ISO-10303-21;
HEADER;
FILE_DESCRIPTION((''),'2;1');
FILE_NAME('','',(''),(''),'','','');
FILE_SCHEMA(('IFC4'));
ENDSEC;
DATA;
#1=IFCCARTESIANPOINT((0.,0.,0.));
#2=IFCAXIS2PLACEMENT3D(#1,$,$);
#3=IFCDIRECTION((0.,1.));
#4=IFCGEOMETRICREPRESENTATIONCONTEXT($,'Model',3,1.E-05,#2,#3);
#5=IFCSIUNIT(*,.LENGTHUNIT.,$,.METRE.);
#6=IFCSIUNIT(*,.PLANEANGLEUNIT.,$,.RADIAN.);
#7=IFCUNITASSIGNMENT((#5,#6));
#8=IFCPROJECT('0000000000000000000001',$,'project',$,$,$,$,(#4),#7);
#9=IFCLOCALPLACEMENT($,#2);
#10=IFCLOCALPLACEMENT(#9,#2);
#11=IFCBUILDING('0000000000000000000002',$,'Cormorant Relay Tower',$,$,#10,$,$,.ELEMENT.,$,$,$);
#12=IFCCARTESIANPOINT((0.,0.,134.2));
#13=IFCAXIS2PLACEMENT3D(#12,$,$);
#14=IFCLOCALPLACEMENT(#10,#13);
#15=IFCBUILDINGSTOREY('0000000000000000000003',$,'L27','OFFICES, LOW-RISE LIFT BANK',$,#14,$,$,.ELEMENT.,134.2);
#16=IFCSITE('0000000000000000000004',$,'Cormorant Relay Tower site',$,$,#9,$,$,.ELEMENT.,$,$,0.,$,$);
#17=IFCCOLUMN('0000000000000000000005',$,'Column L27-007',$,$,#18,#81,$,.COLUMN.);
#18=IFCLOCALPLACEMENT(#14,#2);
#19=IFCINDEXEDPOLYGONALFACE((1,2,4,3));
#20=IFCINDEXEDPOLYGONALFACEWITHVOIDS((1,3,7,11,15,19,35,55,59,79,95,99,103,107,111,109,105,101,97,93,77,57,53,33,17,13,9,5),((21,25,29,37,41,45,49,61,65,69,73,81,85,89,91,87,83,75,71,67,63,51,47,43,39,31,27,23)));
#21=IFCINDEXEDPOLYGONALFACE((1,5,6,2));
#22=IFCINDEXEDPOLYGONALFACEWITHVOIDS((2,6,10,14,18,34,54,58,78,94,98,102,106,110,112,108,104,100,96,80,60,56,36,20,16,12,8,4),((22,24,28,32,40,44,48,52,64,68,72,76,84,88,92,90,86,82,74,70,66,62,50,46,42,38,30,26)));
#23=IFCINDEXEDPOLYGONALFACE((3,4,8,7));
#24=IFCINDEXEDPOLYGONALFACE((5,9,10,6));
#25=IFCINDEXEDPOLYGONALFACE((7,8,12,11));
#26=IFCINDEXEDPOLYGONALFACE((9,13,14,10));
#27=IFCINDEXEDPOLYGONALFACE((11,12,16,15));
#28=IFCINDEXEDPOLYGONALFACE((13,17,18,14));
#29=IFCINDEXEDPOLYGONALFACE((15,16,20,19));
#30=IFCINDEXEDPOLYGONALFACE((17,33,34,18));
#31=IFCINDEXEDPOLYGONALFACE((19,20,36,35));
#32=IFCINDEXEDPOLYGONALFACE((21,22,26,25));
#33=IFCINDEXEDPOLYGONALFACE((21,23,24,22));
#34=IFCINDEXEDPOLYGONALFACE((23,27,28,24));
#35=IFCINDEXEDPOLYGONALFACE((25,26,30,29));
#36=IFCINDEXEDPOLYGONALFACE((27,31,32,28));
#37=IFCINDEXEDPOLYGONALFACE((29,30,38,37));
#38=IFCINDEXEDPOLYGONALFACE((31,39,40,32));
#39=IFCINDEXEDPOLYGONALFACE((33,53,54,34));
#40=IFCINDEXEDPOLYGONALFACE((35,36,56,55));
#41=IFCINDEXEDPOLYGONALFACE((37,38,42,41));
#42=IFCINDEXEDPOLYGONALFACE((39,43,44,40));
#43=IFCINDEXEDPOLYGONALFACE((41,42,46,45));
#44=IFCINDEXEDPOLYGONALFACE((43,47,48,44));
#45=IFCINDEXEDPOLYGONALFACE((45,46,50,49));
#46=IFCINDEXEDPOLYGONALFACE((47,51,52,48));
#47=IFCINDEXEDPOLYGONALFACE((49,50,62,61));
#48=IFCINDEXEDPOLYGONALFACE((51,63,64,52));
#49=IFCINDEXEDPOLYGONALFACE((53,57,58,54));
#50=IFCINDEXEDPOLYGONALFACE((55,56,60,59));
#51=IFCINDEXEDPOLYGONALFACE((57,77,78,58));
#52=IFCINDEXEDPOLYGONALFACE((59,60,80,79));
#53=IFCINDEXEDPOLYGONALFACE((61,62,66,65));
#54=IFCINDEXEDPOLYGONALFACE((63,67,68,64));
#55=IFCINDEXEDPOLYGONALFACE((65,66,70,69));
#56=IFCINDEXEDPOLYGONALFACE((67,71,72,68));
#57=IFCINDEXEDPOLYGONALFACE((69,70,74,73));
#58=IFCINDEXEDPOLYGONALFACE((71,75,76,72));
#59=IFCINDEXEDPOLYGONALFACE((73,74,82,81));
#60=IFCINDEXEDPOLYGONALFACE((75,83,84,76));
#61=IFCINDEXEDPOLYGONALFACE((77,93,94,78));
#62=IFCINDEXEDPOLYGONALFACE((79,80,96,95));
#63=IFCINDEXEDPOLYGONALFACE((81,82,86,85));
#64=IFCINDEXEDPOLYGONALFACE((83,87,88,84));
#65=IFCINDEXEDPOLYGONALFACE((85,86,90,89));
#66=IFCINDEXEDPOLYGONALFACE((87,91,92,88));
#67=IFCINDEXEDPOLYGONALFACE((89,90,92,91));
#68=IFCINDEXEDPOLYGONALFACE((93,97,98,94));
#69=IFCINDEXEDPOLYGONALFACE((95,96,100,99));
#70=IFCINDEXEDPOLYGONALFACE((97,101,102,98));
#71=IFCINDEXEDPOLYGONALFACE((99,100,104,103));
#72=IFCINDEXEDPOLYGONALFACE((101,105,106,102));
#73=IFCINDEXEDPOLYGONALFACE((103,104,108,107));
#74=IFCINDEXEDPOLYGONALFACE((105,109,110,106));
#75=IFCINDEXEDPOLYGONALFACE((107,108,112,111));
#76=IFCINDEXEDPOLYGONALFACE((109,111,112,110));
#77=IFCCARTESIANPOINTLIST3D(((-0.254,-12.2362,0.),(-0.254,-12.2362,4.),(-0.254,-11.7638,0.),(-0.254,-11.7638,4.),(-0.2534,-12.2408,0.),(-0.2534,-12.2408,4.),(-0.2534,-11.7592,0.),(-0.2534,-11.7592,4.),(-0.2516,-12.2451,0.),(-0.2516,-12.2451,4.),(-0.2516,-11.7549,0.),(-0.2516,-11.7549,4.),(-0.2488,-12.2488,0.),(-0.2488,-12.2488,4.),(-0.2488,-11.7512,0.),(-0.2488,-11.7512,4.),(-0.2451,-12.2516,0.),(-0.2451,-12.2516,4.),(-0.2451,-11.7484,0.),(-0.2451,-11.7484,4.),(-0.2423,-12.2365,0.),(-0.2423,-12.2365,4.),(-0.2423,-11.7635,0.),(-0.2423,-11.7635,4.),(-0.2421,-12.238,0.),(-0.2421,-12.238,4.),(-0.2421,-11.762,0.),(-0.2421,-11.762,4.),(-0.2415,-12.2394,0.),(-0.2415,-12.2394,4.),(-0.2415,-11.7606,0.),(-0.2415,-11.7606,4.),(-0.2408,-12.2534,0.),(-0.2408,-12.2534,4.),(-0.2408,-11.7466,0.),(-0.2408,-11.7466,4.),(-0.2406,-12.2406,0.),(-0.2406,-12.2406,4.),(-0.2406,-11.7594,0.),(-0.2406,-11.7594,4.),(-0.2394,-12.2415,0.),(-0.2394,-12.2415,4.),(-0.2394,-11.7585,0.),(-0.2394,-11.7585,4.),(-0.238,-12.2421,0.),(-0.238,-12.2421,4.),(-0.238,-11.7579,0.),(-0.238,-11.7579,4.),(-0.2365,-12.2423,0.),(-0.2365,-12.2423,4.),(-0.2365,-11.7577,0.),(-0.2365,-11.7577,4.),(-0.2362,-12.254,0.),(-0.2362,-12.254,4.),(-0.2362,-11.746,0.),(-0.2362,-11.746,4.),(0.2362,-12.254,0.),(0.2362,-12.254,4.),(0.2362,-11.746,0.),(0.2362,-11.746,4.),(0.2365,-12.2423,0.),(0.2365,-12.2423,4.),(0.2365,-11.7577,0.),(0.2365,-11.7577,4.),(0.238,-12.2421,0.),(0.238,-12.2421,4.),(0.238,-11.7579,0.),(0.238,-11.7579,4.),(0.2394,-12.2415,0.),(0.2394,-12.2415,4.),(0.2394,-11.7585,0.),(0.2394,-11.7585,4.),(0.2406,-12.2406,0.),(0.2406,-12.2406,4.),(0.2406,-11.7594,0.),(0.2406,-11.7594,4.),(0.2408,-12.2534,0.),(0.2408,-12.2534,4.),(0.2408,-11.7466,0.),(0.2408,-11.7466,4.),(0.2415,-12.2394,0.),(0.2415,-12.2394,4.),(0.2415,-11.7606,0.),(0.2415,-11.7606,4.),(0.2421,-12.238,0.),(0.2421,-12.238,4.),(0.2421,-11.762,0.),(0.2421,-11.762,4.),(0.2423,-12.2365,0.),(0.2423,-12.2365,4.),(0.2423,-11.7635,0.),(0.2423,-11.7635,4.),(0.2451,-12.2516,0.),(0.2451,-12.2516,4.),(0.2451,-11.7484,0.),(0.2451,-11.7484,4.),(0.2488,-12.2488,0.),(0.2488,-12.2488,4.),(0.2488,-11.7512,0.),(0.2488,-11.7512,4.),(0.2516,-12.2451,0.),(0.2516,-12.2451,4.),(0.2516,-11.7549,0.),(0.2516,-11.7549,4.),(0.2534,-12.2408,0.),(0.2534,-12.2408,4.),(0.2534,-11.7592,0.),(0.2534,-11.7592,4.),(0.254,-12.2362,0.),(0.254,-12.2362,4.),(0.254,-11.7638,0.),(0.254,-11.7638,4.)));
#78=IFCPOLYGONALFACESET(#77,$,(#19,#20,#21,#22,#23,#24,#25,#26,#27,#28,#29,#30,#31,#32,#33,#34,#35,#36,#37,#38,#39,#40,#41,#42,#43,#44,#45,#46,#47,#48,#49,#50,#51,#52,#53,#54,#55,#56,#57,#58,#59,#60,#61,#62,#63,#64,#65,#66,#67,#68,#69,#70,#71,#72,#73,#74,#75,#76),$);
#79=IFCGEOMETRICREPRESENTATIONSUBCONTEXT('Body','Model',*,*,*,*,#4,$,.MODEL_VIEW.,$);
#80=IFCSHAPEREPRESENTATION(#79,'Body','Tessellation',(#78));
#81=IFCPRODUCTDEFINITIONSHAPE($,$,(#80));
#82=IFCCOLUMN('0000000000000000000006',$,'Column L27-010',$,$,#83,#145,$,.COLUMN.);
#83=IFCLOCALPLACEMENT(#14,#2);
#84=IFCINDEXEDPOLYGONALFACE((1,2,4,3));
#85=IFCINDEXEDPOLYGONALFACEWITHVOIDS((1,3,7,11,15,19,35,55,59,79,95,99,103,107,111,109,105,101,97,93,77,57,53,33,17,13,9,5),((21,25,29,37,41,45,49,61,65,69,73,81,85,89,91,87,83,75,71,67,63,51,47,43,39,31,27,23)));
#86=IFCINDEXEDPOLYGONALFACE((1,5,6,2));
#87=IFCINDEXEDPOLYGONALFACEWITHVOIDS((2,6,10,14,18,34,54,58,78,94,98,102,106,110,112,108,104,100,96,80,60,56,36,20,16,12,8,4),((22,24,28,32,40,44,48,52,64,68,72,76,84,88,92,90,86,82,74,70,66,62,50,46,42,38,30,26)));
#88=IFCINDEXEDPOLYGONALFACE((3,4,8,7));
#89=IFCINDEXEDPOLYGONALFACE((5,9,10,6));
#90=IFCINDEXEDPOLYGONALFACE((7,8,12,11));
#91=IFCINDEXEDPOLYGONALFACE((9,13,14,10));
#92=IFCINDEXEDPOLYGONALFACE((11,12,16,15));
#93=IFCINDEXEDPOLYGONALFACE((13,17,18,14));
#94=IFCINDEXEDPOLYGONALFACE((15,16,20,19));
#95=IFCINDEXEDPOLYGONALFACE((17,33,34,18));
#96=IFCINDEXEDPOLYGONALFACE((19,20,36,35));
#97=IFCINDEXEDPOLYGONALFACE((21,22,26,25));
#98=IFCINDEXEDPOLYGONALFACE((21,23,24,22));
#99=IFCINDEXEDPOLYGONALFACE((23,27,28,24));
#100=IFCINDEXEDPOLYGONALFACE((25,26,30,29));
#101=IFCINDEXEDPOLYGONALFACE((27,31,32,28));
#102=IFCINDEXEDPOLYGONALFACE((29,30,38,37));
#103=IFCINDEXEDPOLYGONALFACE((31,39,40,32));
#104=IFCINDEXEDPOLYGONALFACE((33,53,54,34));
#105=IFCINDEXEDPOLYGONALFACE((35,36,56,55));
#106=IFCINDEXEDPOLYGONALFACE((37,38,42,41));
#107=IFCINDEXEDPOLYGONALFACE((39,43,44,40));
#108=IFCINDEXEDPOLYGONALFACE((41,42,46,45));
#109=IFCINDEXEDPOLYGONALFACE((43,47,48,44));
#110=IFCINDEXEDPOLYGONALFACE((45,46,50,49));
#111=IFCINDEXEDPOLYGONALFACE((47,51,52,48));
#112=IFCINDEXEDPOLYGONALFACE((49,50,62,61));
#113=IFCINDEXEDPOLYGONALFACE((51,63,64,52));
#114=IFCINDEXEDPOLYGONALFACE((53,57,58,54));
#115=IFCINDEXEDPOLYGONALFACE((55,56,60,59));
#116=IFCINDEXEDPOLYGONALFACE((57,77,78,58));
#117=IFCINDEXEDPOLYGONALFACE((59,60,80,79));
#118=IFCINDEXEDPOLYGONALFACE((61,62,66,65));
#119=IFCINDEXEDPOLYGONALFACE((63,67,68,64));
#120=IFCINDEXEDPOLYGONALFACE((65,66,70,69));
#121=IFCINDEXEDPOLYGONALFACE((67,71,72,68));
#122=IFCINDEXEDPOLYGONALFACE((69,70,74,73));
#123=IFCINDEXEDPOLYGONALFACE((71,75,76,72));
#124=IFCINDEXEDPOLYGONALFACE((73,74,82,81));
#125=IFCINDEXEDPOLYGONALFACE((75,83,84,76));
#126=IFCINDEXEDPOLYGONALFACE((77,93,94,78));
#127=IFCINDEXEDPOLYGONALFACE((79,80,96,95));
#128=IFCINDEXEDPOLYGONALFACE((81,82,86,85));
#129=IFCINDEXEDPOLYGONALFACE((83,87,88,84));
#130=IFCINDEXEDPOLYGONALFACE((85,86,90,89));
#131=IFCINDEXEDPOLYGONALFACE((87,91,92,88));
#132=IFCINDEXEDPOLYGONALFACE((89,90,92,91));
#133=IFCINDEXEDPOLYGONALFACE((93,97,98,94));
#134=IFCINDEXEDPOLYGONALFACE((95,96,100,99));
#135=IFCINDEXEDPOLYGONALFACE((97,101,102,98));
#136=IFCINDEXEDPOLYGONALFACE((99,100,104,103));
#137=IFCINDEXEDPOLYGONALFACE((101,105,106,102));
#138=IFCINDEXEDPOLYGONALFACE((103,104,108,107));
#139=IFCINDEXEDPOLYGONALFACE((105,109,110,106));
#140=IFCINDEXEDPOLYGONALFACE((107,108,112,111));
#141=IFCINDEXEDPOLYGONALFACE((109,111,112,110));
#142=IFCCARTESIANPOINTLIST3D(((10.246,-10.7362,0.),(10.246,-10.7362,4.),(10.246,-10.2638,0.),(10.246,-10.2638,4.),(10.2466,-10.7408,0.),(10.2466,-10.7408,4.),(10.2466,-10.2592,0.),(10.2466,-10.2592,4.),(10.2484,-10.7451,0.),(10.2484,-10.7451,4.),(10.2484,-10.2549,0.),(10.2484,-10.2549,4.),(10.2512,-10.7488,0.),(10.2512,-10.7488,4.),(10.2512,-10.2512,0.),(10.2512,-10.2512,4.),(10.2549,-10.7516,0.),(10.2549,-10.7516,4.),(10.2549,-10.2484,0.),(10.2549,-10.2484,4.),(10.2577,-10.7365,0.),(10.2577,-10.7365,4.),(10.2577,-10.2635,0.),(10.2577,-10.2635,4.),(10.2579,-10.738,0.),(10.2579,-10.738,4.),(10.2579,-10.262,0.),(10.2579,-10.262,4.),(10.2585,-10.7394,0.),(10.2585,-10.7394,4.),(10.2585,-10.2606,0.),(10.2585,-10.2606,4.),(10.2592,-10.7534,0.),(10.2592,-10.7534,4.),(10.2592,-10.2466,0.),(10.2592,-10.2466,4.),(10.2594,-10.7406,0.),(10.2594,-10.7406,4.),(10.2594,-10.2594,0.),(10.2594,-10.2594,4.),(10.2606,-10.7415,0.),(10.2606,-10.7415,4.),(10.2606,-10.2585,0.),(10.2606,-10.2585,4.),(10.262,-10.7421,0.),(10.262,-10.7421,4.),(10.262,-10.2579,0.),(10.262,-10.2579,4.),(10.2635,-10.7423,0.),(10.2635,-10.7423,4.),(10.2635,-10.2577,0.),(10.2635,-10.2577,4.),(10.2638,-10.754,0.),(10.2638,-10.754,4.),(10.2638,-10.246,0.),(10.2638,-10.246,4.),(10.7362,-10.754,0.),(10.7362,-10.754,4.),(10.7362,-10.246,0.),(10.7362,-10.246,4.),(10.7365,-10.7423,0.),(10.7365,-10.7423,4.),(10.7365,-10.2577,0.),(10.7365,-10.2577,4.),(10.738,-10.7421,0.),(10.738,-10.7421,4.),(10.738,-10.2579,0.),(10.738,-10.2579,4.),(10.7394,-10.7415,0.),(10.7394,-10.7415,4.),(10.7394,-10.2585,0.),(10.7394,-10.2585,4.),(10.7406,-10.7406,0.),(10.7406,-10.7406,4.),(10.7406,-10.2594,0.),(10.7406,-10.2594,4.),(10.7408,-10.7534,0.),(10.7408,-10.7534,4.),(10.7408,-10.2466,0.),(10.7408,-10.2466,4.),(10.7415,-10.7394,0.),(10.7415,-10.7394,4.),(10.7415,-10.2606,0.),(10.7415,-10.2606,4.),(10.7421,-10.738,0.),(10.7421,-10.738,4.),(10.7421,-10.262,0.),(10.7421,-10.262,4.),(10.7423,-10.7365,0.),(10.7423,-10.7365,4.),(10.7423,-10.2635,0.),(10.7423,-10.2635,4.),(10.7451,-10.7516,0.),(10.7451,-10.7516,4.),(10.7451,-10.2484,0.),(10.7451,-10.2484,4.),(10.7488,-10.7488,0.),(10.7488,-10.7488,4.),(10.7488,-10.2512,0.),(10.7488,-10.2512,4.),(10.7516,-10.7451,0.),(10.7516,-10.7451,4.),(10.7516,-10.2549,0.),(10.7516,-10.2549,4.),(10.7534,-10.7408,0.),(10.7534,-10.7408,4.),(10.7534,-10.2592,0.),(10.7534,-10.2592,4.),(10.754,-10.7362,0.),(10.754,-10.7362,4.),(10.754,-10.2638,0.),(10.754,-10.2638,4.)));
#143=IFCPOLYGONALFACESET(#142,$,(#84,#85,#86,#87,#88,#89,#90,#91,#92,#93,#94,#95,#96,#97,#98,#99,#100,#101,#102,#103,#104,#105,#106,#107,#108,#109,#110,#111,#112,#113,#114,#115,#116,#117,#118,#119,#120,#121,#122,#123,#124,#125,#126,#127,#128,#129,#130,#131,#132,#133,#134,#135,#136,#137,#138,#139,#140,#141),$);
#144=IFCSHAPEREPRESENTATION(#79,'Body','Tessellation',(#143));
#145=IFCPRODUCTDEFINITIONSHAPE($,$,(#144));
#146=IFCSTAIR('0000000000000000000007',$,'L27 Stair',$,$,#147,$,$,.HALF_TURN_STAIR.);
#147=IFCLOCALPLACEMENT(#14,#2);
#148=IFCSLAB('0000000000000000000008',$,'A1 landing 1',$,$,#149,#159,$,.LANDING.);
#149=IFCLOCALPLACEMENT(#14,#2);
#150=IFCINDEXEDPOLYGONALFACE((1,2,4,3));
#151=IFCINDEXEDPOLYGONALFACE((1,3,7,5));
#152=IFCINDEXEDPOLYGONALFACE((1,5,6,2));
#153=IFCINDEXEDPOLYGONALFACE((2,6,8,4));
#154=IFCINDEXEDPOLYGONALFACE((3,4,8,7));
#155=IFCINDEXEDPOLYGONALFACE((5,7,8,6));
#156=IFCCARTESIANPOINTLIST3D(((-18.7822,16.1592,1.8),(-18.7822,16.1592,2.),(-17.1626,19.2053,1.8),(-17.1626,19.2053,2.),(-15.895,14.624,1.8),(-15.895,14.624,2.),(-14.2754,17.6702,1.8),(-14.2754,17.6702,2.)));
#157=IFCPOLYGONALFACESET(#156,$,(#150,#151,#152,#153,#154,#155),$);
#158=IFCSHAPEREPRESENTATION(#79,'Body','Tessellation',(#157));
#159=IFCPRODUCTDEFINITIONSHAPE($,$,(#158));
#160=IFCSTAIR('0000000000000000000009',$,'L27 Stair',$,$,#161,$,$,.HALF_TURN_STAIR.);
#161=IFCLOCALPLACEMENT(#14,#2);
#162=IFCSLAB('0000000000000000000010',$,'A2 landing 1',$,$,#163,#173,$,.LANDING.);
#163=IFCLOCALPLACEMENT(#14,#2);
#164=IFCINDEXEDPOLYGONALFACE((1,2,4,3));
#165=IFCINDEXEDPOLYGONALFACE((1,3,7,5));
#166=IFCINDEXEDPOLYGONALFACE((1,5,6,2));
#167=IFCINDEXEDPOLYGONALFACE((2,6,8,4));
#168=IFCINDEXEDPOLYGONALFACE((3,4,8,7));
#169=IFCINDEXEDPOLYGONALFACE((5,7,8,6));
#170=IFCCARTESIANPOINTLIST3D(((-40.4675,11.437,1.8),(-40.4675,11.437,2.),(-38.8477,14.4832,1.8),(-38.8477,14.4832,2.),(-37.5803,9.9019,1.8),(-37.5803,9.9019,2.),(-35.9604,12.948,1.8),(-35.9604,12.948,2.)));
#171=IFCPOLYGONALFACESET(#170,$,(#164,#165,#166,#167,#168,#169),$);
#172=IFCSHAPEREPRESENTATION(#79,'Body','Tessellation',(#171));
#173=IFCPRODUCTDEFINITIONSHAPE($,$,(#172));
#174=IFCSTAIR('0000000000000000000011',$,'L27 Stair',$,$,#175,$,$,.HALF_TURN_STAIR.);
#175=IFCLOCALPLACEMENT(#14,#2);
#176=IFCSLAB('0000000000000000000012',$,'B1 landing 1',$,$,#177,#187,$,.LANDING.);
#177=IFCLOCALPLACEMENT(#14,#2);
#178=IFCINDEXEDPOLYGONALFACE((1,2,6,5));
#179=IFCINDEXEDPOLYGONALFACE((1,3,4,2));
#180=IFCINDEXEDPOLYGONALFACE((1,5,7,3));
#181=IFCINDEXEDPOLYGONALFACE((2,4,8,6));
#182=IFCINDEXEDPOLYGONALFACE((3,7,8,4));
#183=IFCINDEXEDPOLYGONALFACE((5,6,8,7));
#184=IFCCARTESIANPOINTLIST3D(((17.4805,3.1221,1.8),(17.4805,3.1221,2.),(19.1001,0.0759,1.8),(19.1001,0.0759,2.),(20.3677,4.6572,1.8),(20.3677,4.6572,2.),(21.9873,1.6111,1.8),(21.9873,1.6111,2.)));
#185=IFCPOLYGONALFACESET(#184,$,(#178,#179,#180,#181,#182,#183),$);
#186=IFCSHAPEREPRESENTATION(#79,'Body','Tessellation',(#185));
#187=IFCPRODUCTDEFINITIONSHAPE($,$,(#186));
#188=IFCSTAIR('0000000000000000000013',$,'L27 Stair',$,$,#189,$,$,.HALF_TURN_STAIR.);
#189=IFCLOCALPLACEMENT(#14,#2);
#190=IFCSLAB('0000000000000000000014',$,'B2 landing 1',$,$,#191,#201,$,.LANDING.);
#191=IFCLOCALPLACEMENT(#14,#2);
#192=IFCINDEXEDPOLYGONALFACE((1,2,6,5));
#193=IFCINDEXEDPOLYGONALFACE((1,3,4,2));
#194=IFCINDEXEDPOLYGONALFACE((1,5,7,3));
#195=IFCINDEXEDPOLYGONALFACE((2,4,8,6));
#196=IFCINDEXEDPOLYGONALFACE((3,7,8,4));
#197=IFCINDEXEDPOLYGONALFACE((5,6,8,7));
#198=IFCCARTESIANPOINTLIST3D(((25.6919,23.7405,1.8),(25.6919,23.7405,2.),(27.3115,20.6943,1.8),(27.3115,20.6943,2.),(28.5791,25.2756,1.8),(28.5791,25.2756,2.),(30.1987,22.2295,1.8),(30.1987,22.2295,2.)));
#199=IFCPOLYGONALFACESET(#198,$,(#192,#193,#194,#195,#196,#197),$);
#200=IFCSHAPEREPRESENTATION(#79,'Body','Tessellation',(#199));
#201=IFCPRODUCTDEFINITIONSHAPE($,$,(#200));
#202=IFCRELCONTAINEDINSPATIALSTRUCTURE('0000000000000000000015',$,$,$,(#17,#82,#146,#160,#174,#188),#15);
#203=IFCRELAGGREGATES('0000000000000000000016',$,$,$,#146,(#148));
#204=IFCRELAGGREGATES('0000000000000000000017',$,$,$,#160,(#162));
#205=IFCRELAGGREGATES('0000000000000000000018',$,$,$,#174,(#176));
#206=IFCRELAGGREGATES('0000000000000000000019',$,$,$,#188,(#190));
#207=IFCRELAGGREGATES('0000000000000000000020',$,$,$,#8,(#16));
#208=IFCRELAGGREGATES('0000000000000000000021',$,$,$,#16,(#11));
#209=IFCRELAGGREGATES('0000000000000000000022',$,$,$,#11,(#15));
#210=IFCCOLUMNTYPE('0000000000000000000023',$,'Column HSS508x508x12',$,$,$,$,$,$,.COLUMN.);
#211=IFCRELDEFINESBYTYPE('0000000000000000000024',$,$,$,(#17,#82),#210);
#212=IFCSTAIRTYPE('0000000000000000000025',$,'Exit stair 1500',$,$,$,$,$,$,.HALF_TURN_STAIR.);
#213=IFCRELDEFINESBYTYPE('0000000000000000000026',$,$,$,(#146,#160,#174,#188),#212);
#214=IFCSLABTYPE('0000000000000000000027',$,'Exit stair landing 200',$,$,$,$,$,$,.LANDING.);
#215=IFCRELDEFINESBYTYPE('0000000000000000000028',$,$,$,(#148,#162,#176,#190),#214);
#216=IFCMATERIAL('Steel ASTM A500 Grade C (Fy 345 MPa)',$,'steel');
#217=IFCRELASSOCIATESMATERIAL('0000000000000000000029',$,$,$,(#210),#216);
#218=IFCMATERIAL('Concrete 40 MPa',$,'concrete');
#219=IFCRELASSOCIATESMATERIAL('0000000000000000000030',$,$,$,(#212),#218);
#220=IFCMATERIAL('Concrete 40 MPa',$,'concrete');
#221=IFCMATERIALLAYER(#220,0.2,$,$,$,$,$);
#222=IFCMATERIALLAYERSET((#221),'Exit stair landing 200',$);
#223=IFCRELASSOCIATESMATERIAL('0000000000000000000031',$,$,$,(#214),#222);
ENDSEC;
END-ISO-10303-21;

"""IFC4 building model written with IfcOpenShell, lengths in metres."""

from ifc_helpers import new_model, si_unit, direction, frame, origin, origin_2d, place, context, subcontext, project, spatial, polyline, hollow_rectangle, outline, extrude, material, layer, layer_set, material_profile, profile_set, type_object, element, aggregate, save


model = new_model("IFC4")

# Units and contexts
model_context = context("Model", 3, precision=1e-05, world=origin(), true_north=direction((0.0, 1.0)))
body_context = subcontext(model_context, "Body", "Model", "MODEL_VIEW")
ifc_project = project(units=[si_unit("LENGTHUNIT", "METRE"), si_unit("PLANEANGLEUNIT", "RADIAN")], contexts=[model_context])

# Site, building, storey
site_placement = place(None, origin())
site = spatial("IfcSite", under=ifc_project, at=site_placement, Name="Cormorant Relay Tower site", CompositionType="ELEMENT", RefElevation=0.0)
building_placement = place(site_placement, origin())
building = spatial("IfcBuilding", under=site, at=building_placement, Name="Cormorant Relay Tower", CompositionType="ELEMENT")
storey_placement = place(building_placement, frame((0.0, 0.0, 134.2)))
storey = spatial("IfcBuildingStorey", under=building, at=storey_placement, Name="L27", Description="OFFICES, LOW-RISE LIFT BANK", CompositionType="ELEMENT", Elevation=134.2)

# Columns
ifc_material_1 = material(Name="Steel ASTM A500 Grade C (Fy 345 MPa)", Category="steel")
ifc_material_profile = material_profile(ifc_material_1, hollow_rectangle(XDim=0.5081, YDim=0.5081, WallThickness=0.0117, InnerFilletRadius=0.0059, OuterFilletRadius=0.0178, at=origin_2d()), Name="HSS508x508x12")
ifc_profile_set = profile_set([ifc_material_profile], Name="Steel ASTM A500 Grade C (Fy 345 MPa)")
column_type = type_object("IfcColumnType", Name="Column HSS508x508x12", PredefinedType="COLUMN", material=ifc_profile_set)
for number, where, z_axis, x_axis, name in (
    (1, (0.0, -12.0, 0.0), (0.0, 0.0, 1.0), (1.0, 0.0, 0.0), "Column L27-007"),
    (2, (10.5, -10.5, 0.0), (0.0, 0.0, 1.0), (1.0, 0.0, 0.0), "Column L27-010"),
):
    element("IfcColumn", number, at=place(storey_placement, frame(where, z_axis=z_axis, x_axis=x_axis)), inside=storey, type_object=column_type, Name=name, PredefinedType="COLUMN", context=body_context, shape_type="SweptSolid", body=[
        extrude(hollow_rectangle(XDim=0.5081, YDim=0.5081, WallThickness=0.0117, InnerFilletRadius=0.0059, OuterFilletRadius=0.0178, at=origin_2d()), origin(), (0.0, 0.0, 1.0), 4.0),
    ])

# Stairs, slabs
ifc_material_2 = material(Name="Concrete 40 MPa", Category="concrete")
stair_type = type_object("IfcStairType", Name="Exit stair 1500", PredefinedType="HALF_TURN_STAIR", material=ifc_material_2)
stair_1_placement = place(storey_placement, origin())
stair_1 = element("IfcStair", 3, at=stair_1_placement, inside=storey, type_object=stair_type, Name="L27 Stair", PredefinedType="HALF_TURN_STAIR")
ifc_material_3 = material(Name="Concrete 40 MPa", Category="concrete")
ifc_layer_1 = layer(ifc_material_3, 0.2)
ifc_layer_set_1 = layer_set([ifc_layer_1], Name="Exit stair landing 200")
slab_type_1 = type_object("IfcSlabType", Name="Exit stair landing 200", PredefinedType="LANDING", material=ifc_layer_set_1)
slab_1_placement = place(storey_placement, frame((0.0, 0.0, 1.8)))
slab_1 = element("IfcSlab", 4, at=slab_1_placement, type_object=slab_type_1, Name="A1 landing 1", PredefinedType="LANDING", context=body_context, shape_type="SweptSolid", body=[
    extrude(outline(polyline([(-18.7822, 16.1592), (-15.895, 14.624), (-14.2754, 17.6702), (-17.1626, 19.2053), (-18.7822, 16.1592)])), origin(), (0.0, 0.0, 1.0), 0.2),
])
aggregate(stair_1, [slab_1])
stair_2_placement = place(storey_placement, origin())
stair_2 = element("IfcStair", 5, at=stair_2_placement, inside=storey, type_object=stair_type, Name="L27 Stair", PredefinedType="HALF_TURN_STAIR")
slab_2_placement = place(storey_placement, frame((0.0, 0.0, 1.8)))
slab_2 = element("IfcSlab", 6, at=slab_2_placement, type_object=slab_type_1, Name="A2 landing 1", PredefinedType="LANDING", context=body_context, shape_type="SweptSolid", body=[
    extrude(outline(polyline([(-35.9604, 12.948), (-38.8477, 14.4832), (-40.4675, 11.437), (-37.5803, 9.9019), (-35.9604, 12.948)])), origin(), (0.0, 0.0, 1.0), 0.2),
])
aggregate(stair_2, [slab_2])
stair_3_placement = place(storey_placement, origin())
stair_3 = element("IfcStair", 7, at=stair_3_placement, inside=storey, type_object=stair_type, Name="L27 Stair", PredefinedType="HALF_TURN_STAIR")
slab_3_placement = place(storey_placement, frame((0.0, 0.0, 1.8)))
slab_3 = element("IfcSlab", 8, at=slab_3_placement, type_object=slab_type_1, Name="B1 landing 1", PredefinedType="LANDING", context=body_context, shape_type="SweptSolid", body=[
    extrude(outline(polyline([(20.3677, 4.6572), (17.4805, 3.1221), (19.1001, 0.0759), (21.9873, 1.6111), (20.3677, 4.6572)])), origin(), (0.0, 0.0, 1.0), 0.2),
])
aggregate(stair_3, [slab_3])
stair_4_placement = place(storey_placement, origin())
stair_4 = element("IfcStair", 9, at=stair_4_placement, inside=storey, type_object=stair_type, Name="L27 Stair", PredefinedType="HALF_TURN_STAIR")
slab_4_placement = place(storey_placement, frame((0.0, 0.0, 1.8)))
slab_4 = element("IfcSlab", 10, at=slab_4_placement, type_object=slab_type_1, Name="B2 landing 1", PredefinedType="LANDING", context=body_context, shape_type="SweptSolid", body=[
    extrude(outline(polyline([(27.3115, 20.6943), (30.1987, 22.2295), (28.5791, 25.2756), (25.6919, 23.7405), (27.3115, 20.6943)])), origin(), (0.0, 0.0, 1.0), 0.2),
])
aggregate(stair_4, [slab_4])

save(model, "model.ifc")
